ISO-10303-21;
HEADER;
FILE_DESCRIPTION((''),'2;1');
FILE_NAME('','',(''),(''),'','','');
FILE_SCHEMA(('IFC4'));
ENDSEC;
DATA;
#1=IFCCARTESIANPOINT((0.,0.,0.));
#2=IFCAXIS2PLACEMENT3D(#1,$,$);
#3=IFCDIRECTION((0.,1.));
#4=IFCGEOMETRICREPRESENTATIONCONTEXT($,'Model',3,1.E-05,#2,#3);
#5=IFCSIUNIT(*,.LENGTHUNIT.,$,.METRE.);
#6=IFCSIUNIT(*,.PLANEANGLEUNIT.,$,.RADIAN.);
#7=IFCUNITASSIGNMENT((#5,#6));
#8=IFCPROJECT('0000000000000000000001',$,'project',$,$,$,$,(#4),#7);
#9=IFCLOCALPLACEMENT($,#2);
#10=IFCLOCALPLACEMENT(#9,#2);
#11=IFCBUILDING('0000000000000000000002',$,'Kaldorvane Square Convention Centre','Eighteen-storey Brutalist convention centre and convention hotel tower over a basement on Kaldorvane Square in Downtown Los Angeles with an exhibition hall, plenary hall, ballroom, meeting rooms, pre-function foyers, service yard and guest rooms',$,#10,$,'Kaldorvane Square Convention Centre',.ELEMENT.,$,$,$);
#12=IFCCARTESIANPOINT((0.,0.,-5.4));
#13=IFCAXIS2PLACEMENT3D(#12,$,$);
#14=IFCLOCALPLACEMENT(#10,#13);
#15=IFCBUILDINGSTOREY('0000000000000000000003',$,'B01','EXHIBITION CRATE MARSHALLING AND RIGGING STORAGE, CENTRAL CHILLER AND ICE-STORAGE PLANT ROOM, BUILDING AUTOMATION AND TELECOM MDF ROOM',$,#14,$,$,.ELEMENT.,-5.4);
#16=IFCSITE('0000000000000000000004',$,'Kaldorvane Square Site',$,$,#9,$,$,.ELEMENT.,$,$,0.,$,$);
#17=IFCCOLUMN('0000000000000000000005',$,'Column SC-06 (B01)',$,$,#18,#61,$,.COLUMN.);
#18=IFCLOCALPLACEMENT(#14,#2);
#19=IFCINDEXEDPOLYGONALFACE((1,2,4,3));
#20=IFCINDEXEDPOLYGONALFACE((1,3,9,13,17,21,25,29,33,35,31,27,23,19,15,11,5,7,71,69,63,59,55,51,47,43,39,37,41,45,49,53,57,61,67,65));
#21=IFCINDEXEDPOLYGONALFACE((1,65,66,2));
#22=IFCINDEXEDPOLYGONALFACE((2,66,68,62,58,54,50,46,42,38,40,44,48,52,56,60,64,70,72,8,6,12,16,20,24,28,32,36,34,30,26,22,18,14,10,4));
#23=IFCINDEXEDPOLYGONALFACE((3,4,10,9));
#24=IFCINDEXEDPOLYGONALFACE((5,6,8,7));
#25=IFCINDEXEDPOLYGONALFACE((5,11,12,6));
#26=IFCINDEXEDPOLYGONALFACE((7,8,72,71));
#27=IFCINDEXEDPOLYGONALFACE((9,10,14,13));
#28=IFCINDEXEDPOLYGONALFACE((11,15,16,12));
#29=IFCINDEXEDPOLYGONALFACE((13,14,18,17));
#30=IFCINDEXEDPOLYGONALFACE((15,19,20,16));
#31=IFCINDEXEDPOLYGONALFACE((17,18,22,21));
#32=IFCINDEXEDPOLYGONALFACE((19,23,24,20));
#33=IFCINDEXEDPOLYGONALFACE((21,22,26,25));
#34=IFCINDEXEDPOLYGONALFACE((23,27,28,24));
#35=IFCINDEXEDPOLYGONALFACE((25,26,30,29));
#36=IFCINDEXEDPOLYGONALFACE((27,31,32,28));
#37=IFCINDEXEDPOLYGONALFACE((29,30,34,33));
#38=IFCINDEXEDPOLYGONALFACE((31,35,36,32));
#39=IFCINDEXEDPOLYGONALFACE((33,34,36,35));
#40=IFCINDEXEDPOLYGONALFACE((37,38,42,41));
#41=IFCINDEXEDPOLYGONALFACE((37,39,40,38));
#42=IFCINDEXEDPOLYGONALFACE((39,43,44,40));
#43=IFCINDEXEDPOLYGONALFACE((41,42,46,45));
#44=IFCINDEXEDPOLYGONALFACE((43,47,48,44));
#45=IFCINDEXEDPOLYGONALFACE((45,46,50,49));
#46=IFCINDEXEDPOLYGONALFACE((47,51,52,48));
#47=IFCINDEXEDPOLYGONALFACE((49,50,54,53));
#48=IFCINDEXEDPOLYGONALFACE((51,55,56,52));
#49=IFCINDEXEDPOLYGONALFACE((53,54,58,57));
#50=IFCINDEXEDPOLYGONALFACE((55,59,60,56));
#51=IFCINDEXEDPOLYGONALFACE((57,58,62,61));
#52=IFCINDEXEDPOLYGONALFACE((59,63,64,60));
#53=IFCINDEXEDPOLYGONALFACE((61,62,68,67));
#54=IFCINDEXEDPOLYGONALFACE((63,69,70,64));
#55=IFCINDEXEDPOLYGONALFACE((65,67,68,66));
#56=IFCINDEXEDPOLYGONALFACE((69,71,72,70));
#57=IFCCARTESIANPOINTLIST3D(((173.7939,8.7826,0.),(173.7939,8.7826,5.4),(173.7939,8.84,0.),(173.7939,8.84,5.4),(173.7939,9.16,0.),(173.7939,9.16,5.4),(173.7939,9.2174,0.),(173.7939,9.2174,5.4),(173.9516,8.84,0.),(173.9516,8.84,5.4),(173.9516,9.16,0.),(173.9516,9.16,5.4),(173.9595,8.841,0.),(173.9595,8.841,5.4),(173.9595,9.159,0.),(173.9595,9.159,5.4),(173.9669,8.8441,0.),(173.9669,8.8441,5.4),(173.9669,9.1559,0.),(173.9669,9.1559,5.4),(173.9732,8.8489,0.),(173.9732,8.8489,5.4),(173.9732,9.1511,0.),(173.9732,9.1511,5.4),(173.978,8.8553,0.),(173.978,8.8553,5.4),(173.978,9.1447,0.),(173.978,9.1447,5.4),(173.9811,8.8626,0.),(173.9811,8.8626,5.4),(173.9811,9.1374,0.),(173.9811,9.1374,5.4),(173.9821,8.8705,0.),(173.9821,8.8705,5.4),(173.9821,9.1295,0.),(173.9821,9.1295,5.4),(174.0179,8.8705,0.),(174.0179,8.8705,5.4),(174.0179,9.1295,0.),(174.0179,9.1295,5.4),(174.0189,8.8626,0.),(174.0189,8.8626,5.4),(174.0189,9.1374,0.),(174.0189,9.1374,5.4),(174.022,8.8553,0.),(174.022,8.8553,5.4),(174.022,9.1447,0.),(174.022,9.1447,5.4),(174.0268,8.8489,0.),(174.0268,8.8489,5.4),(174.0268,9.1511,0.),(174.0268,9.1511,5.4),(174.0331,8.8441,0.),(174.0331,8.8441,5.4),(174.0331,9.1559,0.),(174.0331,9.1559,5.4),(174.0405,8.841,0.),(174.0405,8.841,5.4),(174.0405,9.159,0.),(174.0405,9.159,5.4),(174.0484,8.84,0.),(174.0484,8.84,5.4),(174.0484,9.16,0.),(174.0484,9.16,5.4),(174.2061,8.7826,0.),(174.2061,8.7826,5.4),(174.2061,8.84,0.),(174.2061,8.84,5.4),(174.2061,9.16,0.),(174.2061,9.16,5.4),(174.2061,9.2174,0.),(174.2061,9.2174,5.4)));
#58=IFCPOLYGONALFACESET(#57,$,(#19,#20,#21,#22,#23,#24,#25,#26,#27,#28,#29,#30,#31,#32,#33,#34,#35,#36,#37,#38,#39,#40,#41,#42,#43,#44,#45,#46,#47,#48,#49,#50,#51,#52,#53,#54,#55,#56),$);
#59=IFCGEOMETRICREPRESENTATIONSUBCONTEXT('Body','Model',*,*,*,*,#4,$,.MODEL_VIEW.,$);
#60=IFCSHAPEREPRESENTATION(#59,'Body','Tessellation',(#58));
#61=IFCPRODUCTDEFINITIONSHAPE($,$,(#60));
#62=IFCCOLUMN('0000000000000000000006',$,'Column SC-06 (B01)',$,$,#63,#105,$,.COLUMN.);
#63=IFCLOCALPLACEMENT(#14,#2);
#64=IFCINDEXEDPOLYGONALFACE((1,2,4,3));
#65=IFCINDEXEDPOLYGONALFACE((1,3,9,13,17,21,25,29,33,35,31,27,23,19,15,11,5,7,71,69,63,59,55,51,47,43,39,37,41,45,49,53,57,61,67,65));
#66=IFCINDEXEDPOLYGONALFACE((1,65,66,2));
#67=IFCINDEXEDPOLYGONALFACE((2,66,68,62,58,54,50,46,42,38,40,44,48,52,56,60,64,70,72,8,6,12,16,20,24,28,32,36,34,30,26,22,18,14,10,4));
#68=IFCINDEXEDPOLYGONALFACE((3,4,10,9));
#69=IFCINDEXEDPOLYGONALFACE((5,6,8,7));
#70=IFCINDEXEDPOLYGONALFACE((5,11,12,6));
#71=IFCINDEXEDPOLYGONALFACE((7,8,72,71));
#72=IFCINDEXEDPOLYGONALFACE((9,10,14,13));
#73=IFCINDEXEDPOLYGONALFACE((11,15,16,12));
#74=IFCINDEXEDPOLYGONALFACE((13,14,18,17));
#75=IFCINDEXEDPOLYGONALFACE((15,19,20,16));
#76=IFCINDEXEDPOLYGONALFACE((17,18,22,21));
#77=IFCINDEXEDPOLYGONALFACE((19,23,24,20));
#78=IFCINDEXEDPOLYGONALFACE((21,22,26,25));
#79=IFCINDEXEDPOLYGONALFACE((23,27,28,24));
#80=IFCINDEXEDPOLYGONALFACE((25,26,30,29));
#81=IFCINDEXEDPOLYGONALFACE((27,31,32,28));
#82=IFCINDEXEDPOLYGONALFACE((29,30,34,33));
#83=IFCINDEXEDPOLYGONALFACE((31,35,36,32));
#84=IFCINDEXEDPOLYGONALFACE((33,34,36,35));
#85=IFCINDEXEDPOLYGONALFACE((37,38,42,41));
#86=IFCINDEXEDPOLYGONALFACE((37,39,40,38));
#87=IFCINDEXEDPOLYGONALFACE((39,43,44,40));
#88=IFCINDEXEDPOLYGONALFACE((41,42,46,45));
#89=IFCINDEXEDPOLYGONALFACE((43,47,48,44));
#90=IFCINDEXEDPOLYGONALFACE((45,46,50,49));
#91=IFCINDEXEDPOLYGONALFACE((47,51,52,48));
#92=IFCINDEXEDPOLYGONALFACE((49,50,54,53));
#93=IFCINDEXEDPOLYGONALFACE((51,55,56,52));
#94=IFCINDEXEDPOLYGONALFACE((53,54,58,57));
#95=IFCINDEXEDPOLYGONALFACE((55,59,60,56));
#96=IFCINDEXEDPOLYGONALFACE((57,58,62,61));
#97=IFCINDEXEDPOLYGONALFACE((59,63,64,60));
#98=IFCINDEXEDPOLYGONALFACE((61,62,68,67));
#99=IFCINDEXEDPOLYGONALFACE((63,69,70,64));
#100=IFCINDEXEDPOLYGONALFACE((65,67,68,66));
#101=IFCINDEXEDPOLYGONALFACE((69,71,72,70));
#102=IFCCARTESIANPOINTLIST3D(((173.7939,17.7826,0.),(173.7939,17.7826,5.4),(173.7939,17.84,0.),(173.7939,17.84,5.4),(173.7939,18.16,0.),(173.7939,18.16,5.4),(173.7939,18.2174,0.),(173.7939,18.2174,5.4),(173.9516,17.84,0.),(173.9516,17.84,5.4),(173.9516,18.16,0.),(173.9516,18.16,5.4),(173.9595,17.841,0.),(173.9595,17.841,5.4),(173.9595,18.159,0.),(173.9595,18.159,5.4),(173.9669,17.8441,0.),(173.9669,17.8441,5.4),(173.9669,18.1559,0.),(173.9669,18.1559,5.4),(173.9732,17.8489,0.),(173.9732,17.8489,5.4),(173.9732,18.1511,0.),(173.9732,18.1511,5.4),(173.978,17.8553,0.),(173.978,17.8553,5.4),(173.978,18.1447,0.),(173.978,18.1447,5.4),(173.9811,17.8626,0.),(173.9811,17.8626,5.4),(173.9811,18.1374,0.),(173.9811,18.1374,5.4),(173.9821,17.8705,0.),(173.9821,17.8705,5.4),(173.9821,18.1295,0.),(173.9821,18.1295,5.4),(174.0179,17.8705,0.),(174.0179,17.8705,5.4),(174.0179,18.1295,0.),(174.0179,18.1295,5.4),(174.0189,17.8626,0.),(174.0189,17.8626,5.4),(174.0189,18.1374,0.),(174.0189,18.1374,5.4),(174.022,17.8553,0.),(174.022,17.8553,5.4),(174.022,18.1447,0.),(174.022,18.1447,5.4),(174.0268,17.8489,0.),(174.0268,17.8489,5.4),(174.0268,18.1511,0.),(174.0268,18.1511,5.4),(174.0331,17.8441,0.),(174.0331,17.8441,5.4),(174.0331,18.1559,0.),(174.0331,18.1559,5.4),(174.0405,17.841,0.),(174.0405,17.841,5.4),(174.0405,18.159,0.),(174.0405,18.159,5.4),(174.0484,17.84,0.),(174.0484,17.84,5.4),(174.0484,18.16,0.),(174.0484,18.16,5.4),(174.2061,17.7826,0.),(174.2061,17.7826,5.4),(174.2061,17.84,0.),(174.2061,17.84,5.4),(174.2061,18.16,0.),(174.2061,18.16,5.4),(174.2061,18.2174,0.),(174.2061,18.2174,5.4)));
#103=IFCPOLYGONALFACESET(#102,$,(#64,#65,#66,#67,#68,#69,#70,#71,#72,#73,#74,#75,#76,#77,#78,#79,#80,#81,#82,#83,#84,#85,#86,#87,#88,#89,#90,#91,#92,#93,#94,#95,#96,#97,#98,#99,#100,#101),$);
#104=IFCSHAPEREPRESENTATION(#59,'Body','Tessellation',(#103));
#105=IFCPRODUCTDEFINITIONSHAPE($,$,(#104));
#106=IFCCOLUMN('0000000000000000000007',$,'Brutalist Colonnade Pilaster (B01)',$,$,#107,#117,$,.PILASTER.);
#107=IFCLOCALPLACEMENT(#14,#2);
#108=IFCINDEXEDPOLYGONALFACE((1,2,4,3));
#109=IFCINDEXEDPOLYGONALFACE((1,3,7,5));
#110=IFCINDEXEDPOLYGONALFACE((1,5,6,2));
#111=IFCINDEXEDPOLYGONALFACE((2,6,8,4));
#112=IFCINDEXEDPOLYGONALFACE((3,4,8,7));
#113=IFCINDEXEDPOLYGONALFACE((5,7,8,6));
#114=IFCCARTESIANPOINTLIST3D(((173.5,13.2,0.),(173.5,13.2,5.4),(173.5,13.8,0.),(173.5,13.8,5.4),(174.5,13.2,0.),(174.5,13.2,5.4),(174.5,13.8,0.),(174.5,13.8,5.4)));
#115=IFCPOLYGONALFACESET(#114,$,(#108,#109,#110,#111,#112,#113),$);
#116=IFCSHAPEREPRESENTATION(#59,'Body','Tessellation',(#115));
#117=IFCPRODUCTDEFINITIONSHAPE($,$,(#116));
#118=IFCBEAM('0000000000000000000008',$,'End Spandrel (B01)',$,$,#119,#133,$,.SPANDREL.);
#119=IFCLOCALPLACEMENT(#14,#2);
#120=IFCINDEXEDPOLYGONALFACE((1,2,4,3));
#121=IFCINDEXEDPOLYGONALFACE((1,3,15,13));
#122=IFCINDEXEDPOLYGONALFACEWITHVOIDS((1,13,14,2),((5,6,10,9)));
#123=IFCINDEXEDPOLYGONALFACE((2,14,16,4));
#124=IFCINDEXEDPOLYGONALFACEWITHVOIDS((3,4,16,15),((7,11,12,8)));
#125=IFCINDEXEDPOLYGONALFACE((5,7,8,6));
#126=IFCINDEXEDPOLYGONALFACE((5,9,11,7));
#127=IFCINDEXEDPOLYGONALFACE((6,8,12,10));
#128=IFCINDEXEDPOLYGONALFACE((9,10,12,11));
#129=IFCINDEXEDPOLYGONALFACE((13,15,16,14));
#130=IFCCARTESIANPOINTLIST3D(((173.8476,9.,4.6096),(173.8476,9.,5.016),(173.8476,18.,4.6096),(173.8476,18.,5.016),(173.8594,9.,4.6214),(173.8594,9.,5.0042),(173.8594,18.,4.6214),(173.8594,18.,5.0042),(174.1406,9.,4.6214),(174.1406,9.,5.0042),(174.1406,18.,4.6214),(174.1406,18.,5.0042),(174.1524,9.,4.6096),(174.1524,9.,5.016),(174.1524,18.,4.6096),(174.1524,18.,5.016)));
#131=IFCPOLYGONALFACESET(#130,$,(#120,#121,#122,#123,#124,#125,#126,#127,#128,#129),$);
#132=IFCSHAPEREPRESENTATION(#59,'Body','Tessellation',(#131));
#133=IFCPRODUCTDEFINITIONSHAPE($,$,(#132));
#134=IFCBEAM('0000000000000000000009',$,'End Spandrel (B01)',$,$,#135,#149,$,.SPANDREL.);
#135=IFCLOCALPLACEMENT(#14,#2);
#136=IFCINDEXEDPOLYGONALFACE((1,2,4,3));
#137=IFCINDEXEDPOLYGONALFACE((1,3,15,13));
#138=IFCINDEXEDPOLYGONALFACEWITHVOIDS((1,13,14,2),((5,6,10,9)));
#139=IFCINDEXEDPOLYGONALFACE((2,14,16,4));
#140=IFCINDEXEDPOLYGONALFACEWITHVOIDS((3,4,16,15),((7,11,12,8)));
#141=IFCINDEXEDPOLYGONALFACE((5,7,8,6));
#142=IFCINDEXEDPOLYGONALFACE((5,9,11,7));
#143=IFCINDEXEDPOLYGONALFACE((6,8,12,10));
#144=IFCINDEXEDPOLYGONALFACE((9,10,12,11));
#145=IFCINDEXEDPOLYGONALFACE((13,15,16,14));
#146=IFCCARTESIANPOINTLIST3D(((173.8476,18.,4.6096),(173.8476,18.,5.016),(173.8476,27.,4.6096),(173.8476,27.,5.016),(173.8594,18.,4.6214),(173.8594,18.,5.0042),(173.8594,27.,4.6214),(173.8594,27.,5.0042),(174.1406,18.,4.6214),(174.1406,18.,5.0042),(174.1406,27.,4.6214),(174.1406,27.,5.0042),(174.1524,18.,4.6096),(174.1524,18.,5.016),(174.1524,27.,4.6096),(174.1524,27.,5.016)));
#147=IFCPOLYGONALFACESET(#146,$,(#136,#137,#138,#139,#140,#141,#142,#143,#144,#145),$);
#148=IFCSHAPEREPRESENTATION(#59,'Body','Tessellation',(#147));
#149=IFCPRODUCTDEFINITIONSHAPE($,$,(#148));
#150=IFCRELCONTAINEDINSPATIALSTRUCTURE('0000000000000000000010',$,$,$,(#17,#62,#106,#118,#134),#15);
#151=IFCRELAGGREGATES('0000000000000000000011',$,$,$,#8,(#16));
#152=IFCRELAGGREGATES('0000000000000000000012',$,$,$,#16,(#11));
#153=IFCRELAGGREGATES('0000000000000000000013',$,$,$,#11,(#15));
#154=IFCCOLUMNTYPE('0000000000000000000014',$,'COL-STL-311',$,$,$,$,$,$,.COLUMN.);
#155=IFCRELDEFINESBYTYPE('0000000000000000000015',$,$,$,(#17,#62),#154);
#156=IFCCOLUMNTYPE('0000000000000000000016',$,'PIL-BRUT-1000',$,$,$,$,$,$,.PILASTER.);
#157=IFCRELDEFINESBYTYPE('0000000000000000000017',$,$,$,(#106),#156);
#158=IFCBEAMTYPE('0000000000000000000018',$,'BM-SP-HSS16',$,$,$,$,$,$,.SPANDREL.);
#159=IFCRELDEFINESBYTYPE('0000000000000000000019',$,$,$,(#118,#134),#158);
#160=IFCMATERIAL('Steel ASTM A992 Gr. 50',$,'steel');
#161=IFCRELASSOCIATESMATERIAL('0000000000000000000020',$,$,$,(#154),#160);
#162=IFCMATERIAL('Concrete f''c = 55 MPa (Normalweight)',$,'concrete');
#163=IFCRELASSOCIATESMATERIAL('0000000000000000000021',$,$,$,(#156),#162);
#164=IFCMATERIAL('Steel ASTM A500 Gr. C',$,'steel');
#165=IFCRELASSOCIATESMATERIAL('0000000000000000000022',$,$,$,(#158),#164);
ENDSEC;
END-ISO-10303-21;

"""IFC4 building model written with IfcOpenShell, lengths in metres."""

from ifc_helpers import new_model, si_unit, direction, frame, origin, origin_2d, place, context, subcontext, project, spatial, rectangle, hollow_rectangle, i_section, extrude, material, material_profile, profile_set, type_object, element, save


model = new_model("IFC4")

# Units and contexts
model_context = context("Model", 3, precision=1e-05, world=origin(), true_north=direction((0.0, 1.0)))
body_context = subcontext(model_context, "Body", "Model", "MODEL_VIEW")
ifc_project = project(units=[si_unit("LENGTHUNIT", "METRE"), si_unit("PLANEANGLEUNIT", "RADIAN")], contexts=[model_context])

# Site, building, storey
site_placement = place(None, origin())
site = spatial("IfcSite", under=ifc_project, at=site_placement, Name="Kaldorvane Square Site", CompositionType="ELEMENT", RefElevation=0.0)
building_placement = place(site_placement, origin())
building = spatial("IfcBuilding", under=site, at=building_placement, Name="Kaldorvane Square Convention Centre", Description="Eighteen-storey Brutalist convention centre and convention hotel tower over a basement on Kaldorvane Square in Downtown Los Angeles with an exhibition hall, plenary hall, ballroom, meeting rooms, pre-function foyers, service yard and guest rooms", LongName="Kaldorvane Square Convention Centre", CompositionType="ELEMENT")
storey_placement = place(building_placement, frame((0.0, 0.0, -5.4)))
storey = spatial("IfcBuildingStorey", under=building, at=storey_placement, Name="B01", Description="EXHIBITION CRATE MARSHALLING AND RIGGING STORAGE, CENTRAL CHILLER AND ICE-STORAGE PLANT ROOM, BUILDING AUTOMATION AND TELECOM MDF ROOM", CompositionType="ELEMENT", Elevation=-5.4)

# Columns
ifc_material_1 = material(Name="Steel ASTM A992 Gr. 50", Category="steel")
ifc_material_profile_1 = material_profile(ifc_material_1, i_section(OverallWidth=0.4122, OverallDepth=0.4348, WebThickness=0.0358, FlangeThickness=0.0574, FilletRadius=0.0305, at=origin_2d()), Name="W14X311")
ifc_profile_set_1 = profile_set([ifc_material_profile_1], Name="Steel ASTM A992 Gr. 50")
column_type_1 = type_object("IfcColumnType", Name="COL-STL-311", PredefinedType="COLUMN", material=ifc_profile_set_1)
for number, where, z_axis, x_axis, name in (
    (1, (174.0, 9.0, 0.0), (0.0, 0.0, 1.0), (1.0, 0.0, 0.0), "Column SC-06 (B01)"),
    (2, (174.0, 18.0, 0.0), (0.0, 0.0, 1.0), (1.0, 0.0, 0.0), "Column SC-06 (B01)"),
):
    element("IfcColumn", number, at=place(storey_placement, frame(where, z_axis=z_axis, x_axis=x_axis)), inside=storey, type_object=column_type_1, Name=name, PredefinedType="COLUMN", context=body_context, shape_type="SweptSolid", body=[
        extrude(i_section(OverallWidth=0.4122, OverallDepth=0.4348, WebThickness=0.0358, FlangeThickness=0.0574, FilletRadius=0.0305, at=origin_2d()), origin(), (0.0, 0.0, 1.0), 5.4),
    ])
ifc_material_2 = material(Name="Concrete f'c = 55 MPa (Normalweight)", Category="concrete")
ifc_material_profile_2 = material_profile(ifc_material_2, rectangle(XDim=0.6, YDim=1.0, at=origin_2d()), Name="PIL1000X600")
ifc_profile_set_2 = profile_set([ifc_material_profile_2], Name="Concrete f'c = 55 MPa (Normalweight)")
column_type_2 = type_object("IfcColumnType", Name="PIL-BRUT-1000", PredefinedType="PILASTER", material=ifc_profile_set_2)
column_placement = place(storey_placement, frame((174.0, 13.5, 0.0), z_axis=(0.0, 0.0, 1.0), x_axis=(0.0, 1.0, 0.0)))
element("IfcColumn", 3, at=column_placement, inside=storey, type_object=column_type_2, Name="Brutalist Colonnade Pilaster (B01)", PredefinedType="PILASTER", context=body_context, shape_type="SweptSolid", body=[
    extrude(rectangle(XDim=0.6, YDim=1.0, at=origin_2d()), origin(), (0.0, 0.0, 1.0), 5.4),
])

# Beams
ifc_material_3 = material(Name="Steel ASTM A500 Gr. C", Category="steel")
ifc_material_profile_3 = material_profile(ifc_material_3, hollow_rectangle(XDim=0.3048, YDim=0.4064, WallThickness=0.0118, at=origin_2d()), Name="HSS16X12X1/2")
ifc_profile_set_3 = profile_set([ifc_material_profile_3], Name="Steel ASTM A500 Gr. C")
beam_type = type_object("IfcBeamType", Name="BM-SP-HSS16", PredefinedType="SPANDREL", material=ifc_profile_set_3)
for number, where, z_axis, x_axis, name in (
    (4, (174.0, 9.0, 4.8128), (0.0, 1.0, 0.0), (-1.0, 0.0, 0.0), "End Spandrel (B01)"),
    (5, (174.0, 18.0, 4.8128), (0.0, 1.0, 0.0), (-1.0, 0.0, 0.0), "End Spandrel (B01)"),
):
    element("IfcBeam", number, at=place(storey_placement, frame(where, z_axis=z_axis, x_axis=x_axis)), inside=storey, type_object=beam_type, Name=name, PredefinedType="SPANDREL", context=body_context, shape_type="SweptSolid", body=[
        extrude(hollow_rectangle(XDim=0.3048, YDim=0.4064, WallThickness=0.0118, at=origin_2d()), origin(), (0.0, 0.0, 1.0), 9.0),
    ])

save(model, "model.ifc")
